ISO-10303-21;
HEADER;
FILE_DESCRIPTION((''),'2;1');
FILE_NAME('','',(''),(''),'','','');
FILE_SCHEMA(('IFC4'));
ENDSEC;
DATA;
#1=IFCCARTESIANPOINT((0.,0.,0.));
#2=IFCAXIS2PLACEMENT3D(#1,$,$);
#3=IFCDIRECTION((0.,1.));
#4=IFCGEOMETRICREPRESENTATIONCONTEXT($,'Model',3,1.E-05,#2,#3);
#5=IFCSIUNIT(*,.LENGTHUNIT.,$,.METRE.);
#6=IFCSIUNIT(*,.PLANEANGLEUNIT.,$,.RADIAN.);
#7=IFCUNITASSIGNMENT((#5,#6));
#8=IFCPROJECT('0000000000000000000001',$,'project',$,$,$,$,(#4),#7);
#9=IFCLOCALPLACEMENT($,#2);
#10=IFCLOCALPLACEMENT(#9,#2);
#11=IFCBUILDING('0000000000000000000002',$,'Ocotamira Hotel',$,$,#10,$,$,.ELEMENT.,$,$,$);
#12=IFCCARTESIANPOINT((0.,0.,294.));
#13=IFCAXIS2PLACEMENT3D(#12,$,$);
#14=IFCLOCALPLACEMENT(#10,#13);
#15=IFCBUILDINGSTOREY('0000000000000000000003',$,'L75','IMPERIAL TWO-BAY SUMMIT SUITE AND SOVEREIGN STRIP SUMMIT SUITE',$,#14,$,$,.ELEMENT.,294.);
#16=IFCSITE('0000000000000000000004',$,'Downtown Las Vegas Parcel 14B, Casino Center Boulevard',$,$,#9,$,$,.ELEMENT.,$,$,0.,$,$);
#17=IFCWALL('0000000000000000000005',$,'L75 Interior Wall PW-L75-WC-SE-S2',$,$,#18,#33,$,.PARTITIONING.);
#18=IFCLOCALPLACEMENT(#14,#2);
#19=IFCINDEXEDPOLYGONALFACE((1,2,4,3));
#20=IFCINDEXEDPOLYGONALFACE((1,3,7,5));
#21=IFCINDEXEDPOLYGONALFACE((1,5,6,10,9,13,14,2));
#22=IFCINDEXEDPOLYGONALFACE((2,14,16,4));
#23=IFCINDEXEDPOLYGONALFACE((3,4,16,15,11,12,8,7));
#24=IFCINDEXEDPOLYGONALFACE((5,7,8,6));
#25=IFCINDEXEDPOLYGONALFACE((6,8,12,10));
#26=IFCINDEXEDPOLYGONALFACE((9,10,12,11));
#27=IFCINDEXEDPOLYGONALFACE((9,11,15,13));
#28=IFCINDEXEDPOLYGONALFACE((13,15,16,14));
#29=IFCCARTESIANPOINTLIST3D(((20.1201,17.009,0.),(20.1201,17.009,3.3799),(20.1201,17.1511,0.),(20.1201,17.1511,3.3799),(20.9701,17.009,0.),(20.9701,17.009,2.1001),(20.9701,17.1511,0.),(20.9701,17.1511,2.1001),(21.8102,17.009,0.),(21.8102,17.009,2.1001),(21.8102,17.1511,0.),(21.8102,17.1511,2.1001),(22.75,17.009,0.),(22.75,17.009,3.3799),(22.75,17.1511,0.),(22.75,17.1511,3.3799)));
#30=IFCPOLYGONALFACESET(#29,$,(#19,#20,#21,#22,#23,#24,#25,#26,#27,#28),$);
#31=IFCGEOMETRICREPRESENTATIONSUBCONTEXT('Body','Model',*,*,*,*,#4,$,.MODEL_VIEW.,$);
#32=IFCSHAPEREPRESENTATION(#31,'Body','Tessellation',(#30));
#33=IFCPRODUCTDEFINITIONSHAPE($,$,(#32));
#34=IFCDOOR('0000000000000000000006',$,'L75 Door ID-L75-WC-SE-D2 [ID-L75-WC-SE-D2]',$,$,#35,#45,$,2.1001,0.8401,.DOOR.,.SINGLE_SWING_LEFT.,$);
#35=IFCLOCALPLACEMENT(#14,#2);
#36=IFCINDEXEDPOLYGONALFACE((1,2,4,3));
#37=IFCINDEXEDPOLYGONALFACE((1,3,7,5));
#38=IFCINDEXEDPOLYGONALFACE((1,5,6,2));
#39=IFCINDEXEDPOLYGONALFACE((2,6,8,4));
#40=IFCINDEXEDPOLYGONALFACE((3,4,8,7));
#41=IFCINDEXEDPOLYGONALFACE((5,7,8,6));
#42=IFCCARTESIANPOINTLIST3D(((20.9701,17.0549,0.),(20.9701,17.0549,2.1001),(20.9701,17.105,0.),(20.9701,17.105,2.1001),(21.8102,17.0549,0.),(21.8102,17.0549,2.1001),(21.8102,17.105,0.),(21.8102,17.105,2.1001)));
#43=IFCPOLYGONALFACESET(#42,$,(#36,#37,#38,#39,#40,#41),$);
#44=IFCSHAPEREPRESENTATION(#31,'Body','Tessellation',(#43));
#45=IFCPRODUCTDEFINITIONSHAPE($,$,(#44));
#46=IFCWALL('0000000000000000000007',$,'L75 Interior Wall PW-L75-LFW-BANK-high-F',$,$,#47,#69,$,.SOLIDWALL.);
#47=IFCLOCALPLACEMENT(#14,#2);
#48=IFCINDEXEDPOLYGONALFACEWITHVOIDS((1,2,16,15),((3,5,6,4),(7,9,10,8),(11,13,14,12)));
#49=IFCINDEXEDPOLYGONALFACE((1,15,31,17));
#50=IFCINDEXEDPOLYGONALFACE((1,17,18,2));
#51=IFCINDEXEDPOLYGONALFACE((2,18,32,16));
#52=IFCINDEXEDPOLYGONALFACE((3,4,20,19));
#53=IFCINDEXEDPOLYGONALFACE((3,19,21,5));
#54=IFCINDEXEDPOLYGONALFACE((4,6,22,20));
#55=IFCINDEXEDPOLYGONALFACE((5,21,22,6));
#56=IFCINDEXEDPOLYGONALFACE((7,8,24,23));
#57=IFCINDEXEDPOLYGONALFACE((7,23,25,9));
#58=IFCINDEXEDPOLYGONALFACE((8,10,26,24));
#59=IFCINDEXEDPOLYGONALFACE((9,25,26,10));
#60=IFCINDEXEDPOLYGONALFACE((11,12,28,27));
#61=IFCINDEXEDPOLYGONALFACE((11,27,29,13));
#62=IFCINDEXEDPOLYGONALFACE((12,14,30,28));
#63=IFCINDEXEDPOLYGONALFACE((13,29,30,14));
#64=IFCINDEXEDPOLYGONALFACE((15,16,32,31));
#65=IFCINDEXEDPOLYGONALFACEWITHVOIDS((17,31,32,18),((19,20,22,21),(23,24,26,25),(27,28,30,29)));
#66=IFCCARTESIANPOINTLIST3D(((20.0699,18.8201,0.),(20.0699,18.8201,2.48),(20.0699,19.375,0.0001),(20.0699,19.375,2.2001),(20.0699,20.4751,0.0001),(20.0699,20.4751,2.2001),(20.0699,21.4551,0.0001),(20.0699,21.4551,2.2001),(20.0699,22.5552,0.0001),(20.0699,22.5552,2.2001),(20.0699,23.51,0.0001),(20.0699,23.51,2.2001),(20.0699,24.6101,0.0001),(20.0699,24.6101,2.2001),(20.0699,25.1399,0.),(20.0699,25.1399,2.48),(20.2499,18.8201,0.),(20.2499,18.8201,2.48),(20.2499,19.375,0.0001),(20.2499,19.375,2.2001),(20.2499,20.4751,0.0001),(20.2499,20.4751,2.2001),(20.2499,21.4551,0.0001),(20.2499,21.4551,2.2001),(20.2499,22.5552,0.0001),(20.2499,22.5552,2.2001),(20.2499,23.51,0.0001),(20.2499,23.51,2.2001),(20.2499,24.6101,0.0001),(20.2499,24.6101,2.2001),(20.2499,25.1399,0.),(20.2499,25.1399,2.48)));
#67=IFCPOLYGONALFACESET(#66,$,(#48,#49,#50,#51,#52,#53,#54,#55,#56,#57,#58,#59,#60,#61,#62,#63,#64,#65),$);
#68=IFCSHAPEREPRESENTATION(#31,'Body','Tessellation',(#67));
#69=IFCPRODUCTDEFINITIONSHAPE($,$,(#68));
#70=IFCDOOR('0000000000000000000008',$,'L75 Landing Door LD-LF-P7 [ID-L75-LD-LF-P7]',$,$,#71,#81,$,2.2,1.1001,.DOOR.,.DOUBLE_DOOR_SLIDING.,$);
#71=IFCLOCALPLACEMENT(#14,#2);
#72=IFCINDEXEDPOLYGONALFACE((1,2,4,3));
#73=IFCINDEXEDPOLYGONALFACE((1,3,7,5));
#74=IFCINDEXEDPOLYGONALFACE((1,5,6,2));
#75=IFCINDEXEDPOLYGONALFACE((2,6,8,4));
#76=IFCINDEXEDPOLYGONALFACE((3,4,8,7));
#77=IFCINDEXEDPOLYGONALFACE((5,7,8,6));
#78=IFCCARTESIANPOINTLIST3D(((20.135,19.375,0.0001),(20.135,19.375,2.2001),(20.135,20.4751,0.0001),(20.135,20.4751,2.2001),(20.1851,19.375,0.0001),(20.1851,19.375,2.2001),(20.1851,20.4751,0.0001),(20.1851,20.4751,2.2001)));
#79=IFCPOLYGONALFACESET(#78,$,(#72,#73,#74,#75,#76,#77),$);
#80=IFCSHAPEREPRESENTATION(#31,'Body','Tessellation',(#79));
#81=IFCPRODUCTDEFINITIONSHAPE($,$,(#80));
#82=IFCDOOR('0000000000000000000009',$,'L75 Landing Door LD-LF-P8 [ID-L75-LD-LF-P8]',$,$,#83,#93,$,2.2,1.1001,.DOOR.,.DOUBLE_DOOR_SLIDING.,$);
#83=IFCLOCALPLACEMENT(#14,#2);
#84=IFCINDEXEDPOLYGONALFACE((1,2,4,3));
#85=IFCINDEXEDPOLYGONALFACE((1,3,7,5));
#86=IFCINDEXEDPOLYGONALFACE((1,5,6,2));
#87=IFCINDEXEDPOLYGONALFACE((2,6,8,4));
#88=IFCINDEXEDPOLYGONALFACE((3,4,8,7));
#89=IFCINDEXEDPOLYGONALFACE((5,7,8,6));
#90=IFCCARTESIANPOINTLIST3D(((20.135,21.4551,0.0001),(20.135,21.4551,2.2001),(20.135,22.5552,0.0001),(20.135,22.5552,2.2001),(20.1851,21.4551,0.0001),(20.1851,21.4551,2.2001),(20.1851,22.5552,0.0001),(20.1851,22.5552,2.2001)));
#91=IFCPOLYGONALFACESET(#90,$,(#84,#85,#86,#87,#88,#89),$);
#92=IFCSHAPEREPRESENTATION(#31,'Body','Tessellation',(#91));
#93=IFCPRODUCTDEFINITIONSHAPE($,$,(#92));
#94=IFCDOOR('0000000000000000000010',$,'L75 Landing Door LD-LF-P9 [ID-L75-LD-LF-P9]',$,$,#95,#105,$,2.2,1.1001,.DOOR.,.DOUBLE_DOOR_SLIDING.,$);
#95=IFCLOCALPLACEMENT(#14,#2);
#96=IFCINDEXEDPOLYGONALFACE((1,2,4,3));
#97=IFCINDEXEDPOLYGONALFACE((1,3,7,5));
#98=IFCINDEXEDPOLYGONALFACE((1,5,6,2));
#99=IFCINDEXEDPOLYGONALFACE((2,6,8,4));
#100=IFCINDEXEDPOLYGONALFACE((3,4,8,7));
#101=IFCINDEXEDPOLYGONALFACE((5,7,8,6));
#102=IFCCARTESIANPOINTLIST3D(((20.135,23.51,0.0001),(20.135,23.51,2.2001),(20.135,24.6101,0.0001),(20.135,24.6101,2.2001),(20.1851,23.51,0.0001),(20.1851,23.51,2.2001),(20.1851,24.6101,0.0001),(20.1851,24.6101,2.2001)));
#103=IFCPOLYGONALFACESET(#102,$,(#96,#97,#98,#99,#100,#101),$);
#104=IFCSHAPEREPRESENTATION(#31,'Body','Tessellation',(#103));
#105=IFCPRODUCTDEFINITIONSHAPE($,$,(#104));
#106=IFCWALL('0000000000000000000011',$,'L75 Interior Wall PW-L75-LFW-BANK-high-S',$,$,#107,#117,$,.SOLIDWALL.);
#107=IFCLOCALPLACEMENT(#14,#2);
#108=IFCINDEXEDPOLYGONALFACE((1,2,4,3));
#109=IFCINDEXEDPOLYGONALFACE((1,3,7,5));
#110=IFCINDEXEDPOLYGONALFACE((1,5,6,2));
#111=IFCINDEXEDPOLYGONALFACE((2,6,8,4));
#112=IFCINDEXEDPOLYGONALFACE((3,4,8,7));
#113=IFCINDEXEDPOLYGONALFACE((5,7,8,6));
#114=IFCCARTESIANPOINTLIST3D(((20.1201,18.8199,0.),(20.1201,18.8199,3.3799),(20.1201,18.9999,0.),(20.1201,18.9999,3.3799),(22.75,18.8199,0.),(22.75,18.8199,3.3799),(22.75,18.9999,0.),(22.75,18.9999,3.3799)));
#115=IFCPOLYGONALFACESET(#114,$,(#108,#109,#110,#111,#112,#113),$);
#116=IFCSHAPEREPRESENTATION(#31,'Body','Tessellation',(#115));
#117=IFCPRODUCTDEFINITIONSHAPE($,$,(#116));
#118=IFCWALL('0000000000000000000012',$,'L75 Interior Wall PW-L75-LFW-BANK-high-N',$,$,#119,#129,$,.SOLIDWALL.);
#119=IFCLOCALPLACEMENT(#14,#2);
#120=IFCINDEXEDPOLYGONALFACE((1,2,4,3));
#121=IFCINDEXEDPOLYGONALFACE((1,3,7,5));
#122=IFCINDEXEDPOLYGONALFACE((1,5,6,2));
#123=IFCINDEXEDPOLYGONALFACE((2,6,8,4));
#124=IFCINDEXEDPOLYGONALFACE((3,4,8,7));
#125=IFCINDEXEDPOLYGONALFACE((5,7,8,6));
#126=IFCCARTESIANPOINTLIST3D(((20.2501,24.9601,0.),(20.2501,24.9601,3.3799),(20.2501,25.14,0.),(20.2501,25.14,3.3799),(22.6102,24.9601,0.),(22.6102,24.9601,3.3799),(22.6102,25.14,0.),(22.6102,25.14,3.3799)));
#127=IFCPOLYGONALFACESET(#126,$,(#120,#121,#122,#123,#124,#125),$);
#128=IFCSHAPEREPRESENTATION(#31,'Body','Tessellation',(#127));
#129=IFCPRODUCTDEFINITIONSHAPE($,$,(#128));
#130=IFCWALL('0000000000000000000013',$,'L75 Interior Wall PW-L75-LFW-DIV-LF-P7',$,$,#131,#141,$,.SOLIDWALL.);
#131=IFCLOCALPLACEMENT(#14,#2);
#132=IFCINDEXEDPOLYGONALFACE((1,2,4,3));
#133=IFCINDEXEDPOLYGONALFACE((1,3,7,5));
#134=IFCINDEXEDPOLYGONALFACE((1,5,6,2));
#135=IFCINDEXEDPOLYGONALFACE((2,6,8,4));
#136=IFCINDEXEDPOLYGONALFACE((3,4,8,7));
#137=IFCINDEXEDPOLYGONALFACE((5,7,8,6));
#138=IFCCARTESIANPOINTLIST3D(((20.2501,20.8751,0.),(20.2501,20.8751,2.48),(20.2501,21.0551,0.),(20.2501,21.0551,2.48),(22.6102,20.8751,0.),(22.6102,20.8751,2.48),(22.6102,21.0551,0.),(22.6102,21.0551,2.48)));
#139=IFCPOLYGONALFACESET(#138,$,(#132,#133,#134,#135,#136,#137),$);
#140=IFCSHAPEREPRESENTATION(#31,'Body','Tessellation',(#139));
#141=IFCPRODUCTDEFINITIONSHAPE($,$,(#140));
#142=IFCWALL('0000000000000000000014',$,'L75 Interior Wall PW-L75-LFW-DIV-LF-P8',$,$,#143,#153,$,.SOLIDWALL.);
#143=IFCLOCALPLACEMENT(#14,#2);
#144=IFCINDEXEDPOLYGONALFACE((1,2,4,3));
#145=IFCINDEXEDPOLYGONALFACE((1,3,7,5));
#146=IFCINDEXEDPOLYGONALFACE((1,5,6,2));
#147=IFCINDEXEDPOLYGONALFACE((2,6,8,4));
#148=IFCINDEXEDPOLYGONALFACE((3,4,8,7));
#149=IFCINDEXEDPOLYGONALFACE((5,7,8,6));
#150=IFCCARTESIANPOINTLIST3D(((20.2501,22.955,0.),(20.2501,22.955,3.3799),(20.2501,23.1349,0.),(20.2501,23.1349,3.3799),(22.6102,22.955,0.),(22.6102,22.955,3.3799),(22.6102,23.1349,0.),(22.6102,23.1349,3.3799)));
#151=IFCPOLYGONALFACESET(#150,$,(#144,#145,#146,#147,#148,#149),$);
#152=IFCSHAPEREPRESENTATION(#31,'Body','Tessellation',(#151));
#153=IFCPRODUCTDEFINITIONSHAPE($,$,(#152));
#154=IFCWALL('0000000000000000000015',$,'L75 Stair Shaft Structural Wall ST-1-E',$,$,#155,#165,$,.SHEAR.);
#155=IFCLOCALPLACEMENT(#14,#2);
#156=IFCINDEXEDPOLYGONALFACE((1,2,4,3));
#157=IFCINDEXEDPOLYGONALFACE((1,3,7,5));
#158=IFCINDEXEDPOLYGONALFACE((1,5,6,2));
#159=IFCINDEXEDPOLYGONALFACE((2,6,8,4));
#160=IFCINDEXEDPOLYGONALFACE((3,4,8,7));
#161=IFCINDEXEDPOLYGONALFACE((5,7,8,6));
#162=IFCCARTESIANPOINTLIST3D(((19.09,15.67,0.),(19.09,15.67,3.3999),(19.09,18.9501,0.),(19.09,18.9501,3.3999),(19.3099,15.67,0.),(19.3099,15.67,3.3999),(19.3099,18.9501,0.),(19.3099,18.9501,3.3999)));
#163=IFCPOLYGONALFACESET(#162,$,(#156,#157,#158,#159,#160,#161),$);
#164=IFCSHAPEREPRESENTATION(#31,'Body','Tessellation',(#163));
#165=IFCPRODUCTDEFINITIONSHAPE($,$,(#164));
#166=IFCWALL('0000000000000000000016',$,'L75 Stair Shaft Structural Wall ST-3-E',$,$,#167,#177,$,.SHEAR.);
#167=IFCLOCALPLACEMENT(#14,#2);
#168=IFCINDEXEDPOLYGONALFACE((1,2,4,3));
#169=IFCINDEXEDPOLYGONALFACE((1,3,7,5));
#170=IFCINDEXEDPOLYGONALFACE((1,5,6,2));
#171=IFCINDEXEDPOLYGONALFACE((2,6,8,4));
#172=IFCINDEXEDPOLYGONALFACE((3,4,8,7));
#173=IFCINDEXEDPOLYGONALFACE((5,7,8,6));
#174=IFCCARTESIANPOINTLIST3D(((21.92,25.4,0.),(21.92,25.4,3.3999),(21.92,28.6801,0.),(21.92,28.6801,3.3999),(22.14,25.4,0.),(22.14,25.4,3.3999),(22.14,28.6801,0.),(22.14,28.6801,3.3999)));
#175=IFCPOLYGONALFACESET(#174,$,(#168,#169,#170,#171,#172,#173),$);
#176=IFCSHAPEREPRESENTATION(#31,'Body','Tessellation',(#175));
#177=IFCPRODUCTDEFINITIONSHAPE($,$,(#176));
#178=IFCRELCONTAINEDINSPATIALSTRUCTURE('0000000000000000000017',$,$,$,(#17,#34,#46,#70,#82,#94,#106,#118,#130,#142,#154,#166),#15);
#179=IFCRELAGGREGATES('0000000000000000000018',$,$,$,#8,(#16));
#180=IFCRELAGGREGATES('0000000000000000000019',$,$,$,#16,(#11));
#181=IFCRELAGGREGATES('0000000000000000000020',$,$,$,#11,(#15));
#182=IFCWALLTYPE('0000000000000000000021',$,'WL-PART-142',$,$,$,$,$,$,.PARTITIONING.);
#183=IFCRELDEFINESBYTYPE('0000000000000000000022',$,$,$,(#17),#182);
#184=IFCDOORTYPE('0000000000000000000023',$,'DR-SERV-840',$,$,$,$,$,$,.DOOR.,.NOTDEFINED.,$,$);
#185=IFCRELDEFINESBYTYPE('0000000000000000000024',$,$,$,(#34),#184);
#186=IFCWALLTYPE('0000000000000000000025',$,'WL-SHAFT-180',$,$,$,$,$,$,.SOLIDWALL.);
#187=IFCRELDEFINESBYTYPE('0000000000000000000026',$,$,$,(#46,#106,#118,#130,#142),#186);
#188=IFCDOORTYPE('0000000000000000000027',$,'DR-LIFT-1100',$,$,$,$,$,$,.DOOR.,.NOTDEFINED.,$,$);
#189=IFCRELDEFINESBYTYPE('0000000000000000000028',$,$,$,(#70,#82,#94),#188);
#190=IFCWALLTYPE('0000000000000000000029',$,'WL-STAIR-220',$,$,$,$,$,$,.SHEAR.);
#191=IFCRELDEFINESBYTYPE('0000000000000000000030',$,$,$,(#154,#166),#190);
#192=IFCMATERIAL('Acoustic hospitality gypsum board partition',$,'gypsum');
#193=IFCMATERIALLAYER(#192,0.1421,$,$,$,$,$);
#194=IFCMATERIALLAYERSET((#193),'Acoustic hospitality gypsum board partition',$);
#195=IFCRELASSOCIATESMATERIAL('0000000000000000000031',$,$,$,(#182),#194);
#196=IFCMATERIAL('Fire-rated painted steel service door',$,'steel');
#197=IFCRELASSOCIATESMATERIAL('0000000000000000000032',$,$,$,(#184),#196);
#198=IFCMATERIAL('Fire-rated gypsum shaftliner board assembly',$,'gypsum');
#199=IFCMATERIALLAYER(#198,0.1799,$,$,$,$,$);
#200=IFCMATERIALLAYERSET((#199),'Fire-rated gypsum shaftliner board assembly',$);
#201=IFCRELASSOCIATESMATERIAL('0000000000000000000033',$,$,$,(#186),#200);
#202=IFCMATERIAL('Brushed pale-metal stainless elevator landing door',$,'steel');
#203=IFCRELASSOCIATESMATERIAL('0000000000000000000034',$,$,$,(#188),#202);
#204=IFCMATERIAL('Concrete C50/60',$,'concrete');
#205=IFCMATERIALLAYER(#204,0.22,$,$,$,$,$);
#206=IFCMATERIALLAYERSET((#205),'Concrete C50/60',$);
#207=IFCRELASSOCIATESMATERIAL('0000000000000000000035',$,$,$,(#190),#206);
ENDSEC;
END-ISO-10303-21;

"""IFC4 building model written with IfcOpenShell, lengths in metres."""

from ifc_helpers import new_model, si_unit, direction, frame, frame_2d, origin, place, context, subcontext, project, spatial, rectangle, extrude, source, transform, mapped, material, layer, layer_set, type_object, element, fill, save


model = new_model("IFC4")

# Units and contexts
model_context = context("Model", 3, precision=1e-05, world=origin(), true_north=direction((0.0, 1.0)))
body_context = subcontext(model_context, "Body", "Model", "MODEL_VIEW")
ifc_project = project(units=[si_unit("LENGTHUNIT", "METRE"), si_unit("PLANEANGLEUNIT", "RADIAN")], contexts=[model_context])

# Site, building, storey
site_placement = place(None, origin())
site = spatial("IfcSite", under=ifc_project, at=site_placement, Name="Downtown Las Vegas Parcel 14B, Casino Center Boulevard", CompositionType="ELEMENT", RefElevation=0.0)
building_placement = place(site_placement, origin())
building = spatial("IfcBuilding", under=site, at=building_placement, Name="Ocotamira Hotel", CompositionType="ELEMENT")
storey_placement = place(building_placement, frame((0.0, 0.0, 294.0)))
storey = spatial("IfcBuildingStorey", under=building, at=storey_placement, Name="L75", Description="IMPERIAL TWO-BAY SUMMIT SUITE AND SOVEREIGN STRIP SUMMIT SUITE", CompositionType="ELEMENT", Elevation=294.0)

# Shared definitions
ifc_material_1 = material(Name="Concrete C50/60", Category="concrete")
ifc_material_2 = material(Name="Acoustic hospitality gypsum board partition", Category="gypsum")
ifc_layer_1 = layer(ifc_material_2, 0.1421)
ifc_layer_set_1 = layer_set([ifc_layer_1], Name="Acoustic hospitality gypsum board partition")
wall_type_1 = type_object("IfcWallType", Name="WL-PART-142", PredefinedType="PARTITIONING", material=ifc_layer_set_1)

# Wall, opening, door
wall_1_placement = place(storey_placement, frame((20.1201, 17.0801, 0.0), z_axis=(0.0, 0.0, 1.0), x_axis=(1.0, 0.0, 0.0)))
wall_1 = element("IfcWall", 1, at=wall_1_placement, inside=storey, type_object=wall_type_1, Name="L75 Interior Wall PW-L75-WC-SE-S2", PredefinedType="PARTITIONING", context=body_context, shape_type="SweptSolid", body=[
    extrude(rectangle(XDim=2.6299, YDim=0.1421, at=frame_2d((1.3149, 0.0))), origin(), (0.0, 0.0, 1.0), 3.3799),
])
opening_1_placement = place(wall_1_placement, frame((0.8501, 0.0, 0.0)))
opening_1 = element("IfcOpeningElement", 2, at=opening_1_placement, cuts=wall_1, PredefinedType="OPENING", context=body_context, shape_type="SweptSolid", body=[
    extrude(rectangle(XDim=0.8401, YDim=2.1001, at=frame_2d((0.4199, 1.05))), frame((0.0, 0.0811, 0.0), z_axis=(0.0, -1.0, 0.0), x_axis=(1.0, 0.0, 0.0)), (0.0, 0.0, 1.0), 0.1621),
])
ifc_material_3 = material(Name="Fire-rated painted steel service door", Category="steel")
door_type_1 = type_object("IfcDoorType", Name="DR-SERV-840", OperationType="NOTDEFINED", PredefinedType="DOOR", material=ifc_material_3)
shared_shape_1 = source(origin(), body_context, "Body", "SweptSolid", [
    extrude(rectangle(XDim=0.8401, YDim=2.1001, at=frame_2d((0.4199, 1.05))), frame((0.0, 0.0249, 0.0), z_axis=(0.0, -1.0, 0.0), x_axis=(1.0, 0.0, 0.0)), (0.0, 0.0, 1.0), 0.05),
])
door_1_placement = place(opening_1_placement, origin())
door_1 = element("IfcDoor", 3, at=door_1_placement, inside=storey, type_object=door_type_1, Name="L75 Door ID-L75-WC-SE-D2 [ID-L75-WC-SE-D2]", OperationType="SINGLE_SWING_LEFT", OverallHeight=2.1001, OverallWidth=0.8401, PredefinedType="DOOR", context=body_context, shape_type="MappedRepresentation", body=[
    mapped(shared_shape_1, transform((0.0, 0.0, 0.0), scale=1.0)),
])
fill(opening_1, door_1)

# Wall, openings, doors
ifc_material_4 = material(Name="Fire-rated gypsum shaftliner board assembly", Category="gypsum")
ifc_layer_2 = layer(ifc_material_4, 0.1799)
ifc_layer_set_2 = layer_set([ifc_layer_2], Name="Fire-rated gypsum shaftliner board assembly")
wall_type_2 = type_object("IfcWallType", Name="WL-SHAFT-180", PredefinedType="SOLIDWALL", material=ifc_layer_set_2)
wall_2_placement = place(storey_placement, frame((20.1599, 18.8201, 0.0), z_axis=(0.0, 0.0, 1.0), x_axis=(0.0, 1.0, 0.0)))
wall_2 = element("IfcWall", 4, at=wall_2_placement, inside=storey, type_object=wall_type_2, Name="L75 Interior Wall PW-L75-LFW-BANK-high-F", PredefinedType="SOLIDWALL", context=body_context, shape_type="SweptSolid", body=[
    extrude(rectangle(XDim=6.3198, YDim=0.1799, at=frame_2d((3.1599, 0.0))), origin(), (0.0, 0.0, 1.0), 2.48),
])
opening_2_placement = place(wall_2_placement, frame((0.5549, 0.0, 0.0)))
opening_2 = element("IfcOpeningElement", 5, at=opening_2_placement, cuts=wall_2, PredefinedType="OPENING", context=body_context, shape_type="SweptSolid", body=[
    extrude(rectangle(XDim=1.1001, YDim=2.2, at=frame_2d((0.55, 1.1001))), frame((0.0, 0.1001, 0.0), z_axis=(0.0, -1.0, 0.0), x_axis=(1.0, 0.0, 0.0)), (0.0, 0.0, 1.0), 0.2),
])
opening_3_placement = place(wall_2_placement, frame((2.635, 0.0, 0.0)))
opening_3 = element("IfcOpeningElement", 6, at=opening_3_placement, cuts=wall_2, PredefinedType="OPENING", context=body_context, shape_type="SweptSolid", body=[
    extrude(rectangle(XDim=1.1001, YDim=2.2, at=frame_2d((0.55, 1.1001))), frame((0.0, 0.1001, 0.0), z_axis=(0.0, -1.0, 0.0), x_axis=(1.0, 0.0, 0.0)), (0.0, 0.0, 1.0), 0.2),
])
opening_4_placement = place(wall_2_placement, frame((4.6899, 0.0, 0.0)))
opening_4 = element("IfcOpeningElement", 7, at=opening_4_placement, cuts=wall_2, PredefinedType="OPENING", context=body_context, shape_type="SweptSolid", body=[
    extrude(rectangle(XDim=1.1001, YDim=2.2, at=frame_2d((0.55, 1.1001))), frame((0.0, 0.1001, 0.0), z_axis=(0.0, -1.0, 0.0), x_axis=(1.0, 0.0, 0.0)), (0.0, 0.0, 1.0), 0.2),
])
ifc_material_5 = material(Name="Brushed pale-metal stainless elevator landing door", Category="steel")
door_type_2 = type_object("IfcDoorType", Name="DR-LIFT-1100", OperationType="NOTDEFINED", PredefinedType="DOOR", material=ifc_material_5)
shared_shape_2 = source(origin(), body_context, "Body", "SweptSolid", [
    extrude(rectangle(XDim=1.1001, YDim=2.2, at=frame_2d((0.55, 1.1001))), frame((0.0, 0.0249, 0.0), z_axis=(0.0, -1.0, 0.0), x_axis=(1.0, 0.0, 0.0)), (0.0, 0.0, 1.0), 0.05),
])
door_2_placement = place(opening_2_placement, origin())
door_2 = element("IfcDoor", 8, at=door_2_placement, inside=storey, type_object=door_type_2, Name="L75 Landing Door LD-LF-P7 [ID-L75-LD-LF-P7]", OperationType="DOUBLE_DOOR_SLIDING", OverallHeight=2.2, OverallWidth=1.1001, PredefinedType="DOOR", context=body_context, shape_type="MappedRepresentation", body=[
    mapped(shared_shape_2, transform((0.0, 0.0, 0.0), scale=1.0)),
])
fill(opening_2, door_2)
door_3_placement = place(opening_3_placement, origin())
door_3 = element("IfcDoor", 9, at=door_3_placement, inside=storey, type_object=door_type_2, Name="L75 Landing Door LD-LF-P8 [ID-L75-LD-LF-P8]", OperationType="DOUBLE_DOOR_SLIDING", OverallHeight=2.2, OverallWidth=1.1001, PredefinedType="DOOR", context=body_context, shape_type="MappedRepresentation", body=[
    mapped(shared_shape_2, transform((0.0, 0.0, 0.0), scale=1.0)),
])
fill(opening_3, door_3)
door_4_placement = place(opening_4_placement, origin())
door_4 = element("IfcDoor", 10, at=door_4_placement, inside=storey, type_object=door_type_2, Name="L75 Landing Door LD-LF-P9 [ID-L75-LD-LF-P9]", OperationType="DOUBLE_DOOR_SLIDING", OverallHeight=2.2, OverallWidth=1.1001, PredefinedType="DOOR", context=body_context, shape_type="MappedRepresentation", body=[
    mapped(shared_shape_2, transform((0.0, 0.0, 0.0), scale=1.0)),
])
fill(opening_4, door_4)

# Walls
wall_3_placement = place(storey_placement, frame((20.1201, 18.9099, 0.0), z_axis=(0.0, 0.0, 1.0), x_axis=(1.0, 0.0, 0.0)))
element("IfcWall", 11, at=wall_3_placement, inside=storey, type_object=wall_type_2, Name="L75 Interior Wall PW-L75-LFW-BANK-high-S", PredefinedType="SOLIDWALL", context=body_context, shape_type="SweptSolid", body=[
    extrude(rectangle(XDim=2.6299, YDim=0.1799, at=frame_2d((1.3149, 0.0))), origin(), (0.0, 0.0, 1.0), 3.3799),
])
wall_4_placement = place(storey_placement, frame((20.25, 25.05, 0.0), z_axis=(0.0, 0.0, 1.0), x_axis=(1.0, 0.0, 0.0)))
element("IfcWall", 12, at=wall_4_placement, inside=storey, type_object=wall_type_2, Name="L75 Interior Wall PW-L75-LFW-BANK-high-N", PredefinedType="SOLIDWALL", context=body_context, shape_type="SweptSolid", body=[
    extrude(rectangle(XDim=2.3601, YDim=0.1799, at=frame_2d((1.1802, 0.0))), origin(), (0.0, 0.0, 1.0), 3.3799),
])
wall_5_placement = place(storey_placement, frame((20.25, 20.9651, 0.0), z_axis=(0.0, 0.0, 1.0), x_axis=(1.0, 0.0, 0.0)))
element("IfcWall", 13, at=wall_5_placement, inside=storey, type_object=wall_type_2, Name="L75 Interior Wall PW-L75-LFW-DIV-LF-P7", PredefinedType="SOLIDWALL", context=body_context, shape_type="SweptSolid", body=[
    extrude(rectangle(XDim=2.3601, YDim=0.1799, at=frame_2d((1.1802, 0.0))), origin(), (0.0, 0.0, 1.0), 2.48),
])
wall_6_placement = place(storey_placement, frame((20.25, 23.0449, 0.0), z_axis=(0.0, 0.0, 1.0), x_axis=(1.0, 0.0, 0.0)))
element("IfcWall", 14, at=wall_6_placement, inside=storey, type_object=wall_type_2, Name="L75 Interior Wall PW-L75-LFW-DIV-LF-P8", PredefinedType="SOLIDWALL", context=body_context, shape_type="SweptSolid", body=[
    extrude(rectangle(XDim=2.3601, YDim=0.1799, at=frame_2d((1.1802, 0.0))), origin(), (0.0, 0.0, 1.0), 3.3799),
])
ifc_layer_3 = layer(ifc_material_1, 0.22)
ifc_layer_set_3 = layer_set([ifc_layer_3], Name="Concrete C50/60")
wall_type_3 = type_object("IfcWallType", Name="WL-STAIR-220", PredefinedType="SHEAR", material=ifc_layer_set_3)
for number, where, z_axis, x_axis, name in (
    (15, (19.2, 15.6699, 0.0), (0.0, 0.0, 1.0), (0.0, 1.0, 0.0), "L75 Stair Shaft Structural Wall ST-1-E"),
    (16, (22.03, 25.3999, 0.0), (0.0, 0.0, 1.0), (0.0, 1.0, 0.0), "L75 Stair Shaft Structural Wall ST-3-E"),
):
    element("IfcWall", number, at=place(storey_placement, frame(where, z_axis=z_axis, x_axis=x_axis)), inside=storey, type_object=wall_type_3, Name=name, PredefinedType="SHEAR", context=body_context, shape_type="SweptSolid", body=[
        extrude(rectangle(XDim=3.28, YDim=0.22, at=frame_2d((1.6401, 0.0))), origin(), (0.0, 0.0, 1.0), 3.3999),
    ])

save(model, "model.ifc")
